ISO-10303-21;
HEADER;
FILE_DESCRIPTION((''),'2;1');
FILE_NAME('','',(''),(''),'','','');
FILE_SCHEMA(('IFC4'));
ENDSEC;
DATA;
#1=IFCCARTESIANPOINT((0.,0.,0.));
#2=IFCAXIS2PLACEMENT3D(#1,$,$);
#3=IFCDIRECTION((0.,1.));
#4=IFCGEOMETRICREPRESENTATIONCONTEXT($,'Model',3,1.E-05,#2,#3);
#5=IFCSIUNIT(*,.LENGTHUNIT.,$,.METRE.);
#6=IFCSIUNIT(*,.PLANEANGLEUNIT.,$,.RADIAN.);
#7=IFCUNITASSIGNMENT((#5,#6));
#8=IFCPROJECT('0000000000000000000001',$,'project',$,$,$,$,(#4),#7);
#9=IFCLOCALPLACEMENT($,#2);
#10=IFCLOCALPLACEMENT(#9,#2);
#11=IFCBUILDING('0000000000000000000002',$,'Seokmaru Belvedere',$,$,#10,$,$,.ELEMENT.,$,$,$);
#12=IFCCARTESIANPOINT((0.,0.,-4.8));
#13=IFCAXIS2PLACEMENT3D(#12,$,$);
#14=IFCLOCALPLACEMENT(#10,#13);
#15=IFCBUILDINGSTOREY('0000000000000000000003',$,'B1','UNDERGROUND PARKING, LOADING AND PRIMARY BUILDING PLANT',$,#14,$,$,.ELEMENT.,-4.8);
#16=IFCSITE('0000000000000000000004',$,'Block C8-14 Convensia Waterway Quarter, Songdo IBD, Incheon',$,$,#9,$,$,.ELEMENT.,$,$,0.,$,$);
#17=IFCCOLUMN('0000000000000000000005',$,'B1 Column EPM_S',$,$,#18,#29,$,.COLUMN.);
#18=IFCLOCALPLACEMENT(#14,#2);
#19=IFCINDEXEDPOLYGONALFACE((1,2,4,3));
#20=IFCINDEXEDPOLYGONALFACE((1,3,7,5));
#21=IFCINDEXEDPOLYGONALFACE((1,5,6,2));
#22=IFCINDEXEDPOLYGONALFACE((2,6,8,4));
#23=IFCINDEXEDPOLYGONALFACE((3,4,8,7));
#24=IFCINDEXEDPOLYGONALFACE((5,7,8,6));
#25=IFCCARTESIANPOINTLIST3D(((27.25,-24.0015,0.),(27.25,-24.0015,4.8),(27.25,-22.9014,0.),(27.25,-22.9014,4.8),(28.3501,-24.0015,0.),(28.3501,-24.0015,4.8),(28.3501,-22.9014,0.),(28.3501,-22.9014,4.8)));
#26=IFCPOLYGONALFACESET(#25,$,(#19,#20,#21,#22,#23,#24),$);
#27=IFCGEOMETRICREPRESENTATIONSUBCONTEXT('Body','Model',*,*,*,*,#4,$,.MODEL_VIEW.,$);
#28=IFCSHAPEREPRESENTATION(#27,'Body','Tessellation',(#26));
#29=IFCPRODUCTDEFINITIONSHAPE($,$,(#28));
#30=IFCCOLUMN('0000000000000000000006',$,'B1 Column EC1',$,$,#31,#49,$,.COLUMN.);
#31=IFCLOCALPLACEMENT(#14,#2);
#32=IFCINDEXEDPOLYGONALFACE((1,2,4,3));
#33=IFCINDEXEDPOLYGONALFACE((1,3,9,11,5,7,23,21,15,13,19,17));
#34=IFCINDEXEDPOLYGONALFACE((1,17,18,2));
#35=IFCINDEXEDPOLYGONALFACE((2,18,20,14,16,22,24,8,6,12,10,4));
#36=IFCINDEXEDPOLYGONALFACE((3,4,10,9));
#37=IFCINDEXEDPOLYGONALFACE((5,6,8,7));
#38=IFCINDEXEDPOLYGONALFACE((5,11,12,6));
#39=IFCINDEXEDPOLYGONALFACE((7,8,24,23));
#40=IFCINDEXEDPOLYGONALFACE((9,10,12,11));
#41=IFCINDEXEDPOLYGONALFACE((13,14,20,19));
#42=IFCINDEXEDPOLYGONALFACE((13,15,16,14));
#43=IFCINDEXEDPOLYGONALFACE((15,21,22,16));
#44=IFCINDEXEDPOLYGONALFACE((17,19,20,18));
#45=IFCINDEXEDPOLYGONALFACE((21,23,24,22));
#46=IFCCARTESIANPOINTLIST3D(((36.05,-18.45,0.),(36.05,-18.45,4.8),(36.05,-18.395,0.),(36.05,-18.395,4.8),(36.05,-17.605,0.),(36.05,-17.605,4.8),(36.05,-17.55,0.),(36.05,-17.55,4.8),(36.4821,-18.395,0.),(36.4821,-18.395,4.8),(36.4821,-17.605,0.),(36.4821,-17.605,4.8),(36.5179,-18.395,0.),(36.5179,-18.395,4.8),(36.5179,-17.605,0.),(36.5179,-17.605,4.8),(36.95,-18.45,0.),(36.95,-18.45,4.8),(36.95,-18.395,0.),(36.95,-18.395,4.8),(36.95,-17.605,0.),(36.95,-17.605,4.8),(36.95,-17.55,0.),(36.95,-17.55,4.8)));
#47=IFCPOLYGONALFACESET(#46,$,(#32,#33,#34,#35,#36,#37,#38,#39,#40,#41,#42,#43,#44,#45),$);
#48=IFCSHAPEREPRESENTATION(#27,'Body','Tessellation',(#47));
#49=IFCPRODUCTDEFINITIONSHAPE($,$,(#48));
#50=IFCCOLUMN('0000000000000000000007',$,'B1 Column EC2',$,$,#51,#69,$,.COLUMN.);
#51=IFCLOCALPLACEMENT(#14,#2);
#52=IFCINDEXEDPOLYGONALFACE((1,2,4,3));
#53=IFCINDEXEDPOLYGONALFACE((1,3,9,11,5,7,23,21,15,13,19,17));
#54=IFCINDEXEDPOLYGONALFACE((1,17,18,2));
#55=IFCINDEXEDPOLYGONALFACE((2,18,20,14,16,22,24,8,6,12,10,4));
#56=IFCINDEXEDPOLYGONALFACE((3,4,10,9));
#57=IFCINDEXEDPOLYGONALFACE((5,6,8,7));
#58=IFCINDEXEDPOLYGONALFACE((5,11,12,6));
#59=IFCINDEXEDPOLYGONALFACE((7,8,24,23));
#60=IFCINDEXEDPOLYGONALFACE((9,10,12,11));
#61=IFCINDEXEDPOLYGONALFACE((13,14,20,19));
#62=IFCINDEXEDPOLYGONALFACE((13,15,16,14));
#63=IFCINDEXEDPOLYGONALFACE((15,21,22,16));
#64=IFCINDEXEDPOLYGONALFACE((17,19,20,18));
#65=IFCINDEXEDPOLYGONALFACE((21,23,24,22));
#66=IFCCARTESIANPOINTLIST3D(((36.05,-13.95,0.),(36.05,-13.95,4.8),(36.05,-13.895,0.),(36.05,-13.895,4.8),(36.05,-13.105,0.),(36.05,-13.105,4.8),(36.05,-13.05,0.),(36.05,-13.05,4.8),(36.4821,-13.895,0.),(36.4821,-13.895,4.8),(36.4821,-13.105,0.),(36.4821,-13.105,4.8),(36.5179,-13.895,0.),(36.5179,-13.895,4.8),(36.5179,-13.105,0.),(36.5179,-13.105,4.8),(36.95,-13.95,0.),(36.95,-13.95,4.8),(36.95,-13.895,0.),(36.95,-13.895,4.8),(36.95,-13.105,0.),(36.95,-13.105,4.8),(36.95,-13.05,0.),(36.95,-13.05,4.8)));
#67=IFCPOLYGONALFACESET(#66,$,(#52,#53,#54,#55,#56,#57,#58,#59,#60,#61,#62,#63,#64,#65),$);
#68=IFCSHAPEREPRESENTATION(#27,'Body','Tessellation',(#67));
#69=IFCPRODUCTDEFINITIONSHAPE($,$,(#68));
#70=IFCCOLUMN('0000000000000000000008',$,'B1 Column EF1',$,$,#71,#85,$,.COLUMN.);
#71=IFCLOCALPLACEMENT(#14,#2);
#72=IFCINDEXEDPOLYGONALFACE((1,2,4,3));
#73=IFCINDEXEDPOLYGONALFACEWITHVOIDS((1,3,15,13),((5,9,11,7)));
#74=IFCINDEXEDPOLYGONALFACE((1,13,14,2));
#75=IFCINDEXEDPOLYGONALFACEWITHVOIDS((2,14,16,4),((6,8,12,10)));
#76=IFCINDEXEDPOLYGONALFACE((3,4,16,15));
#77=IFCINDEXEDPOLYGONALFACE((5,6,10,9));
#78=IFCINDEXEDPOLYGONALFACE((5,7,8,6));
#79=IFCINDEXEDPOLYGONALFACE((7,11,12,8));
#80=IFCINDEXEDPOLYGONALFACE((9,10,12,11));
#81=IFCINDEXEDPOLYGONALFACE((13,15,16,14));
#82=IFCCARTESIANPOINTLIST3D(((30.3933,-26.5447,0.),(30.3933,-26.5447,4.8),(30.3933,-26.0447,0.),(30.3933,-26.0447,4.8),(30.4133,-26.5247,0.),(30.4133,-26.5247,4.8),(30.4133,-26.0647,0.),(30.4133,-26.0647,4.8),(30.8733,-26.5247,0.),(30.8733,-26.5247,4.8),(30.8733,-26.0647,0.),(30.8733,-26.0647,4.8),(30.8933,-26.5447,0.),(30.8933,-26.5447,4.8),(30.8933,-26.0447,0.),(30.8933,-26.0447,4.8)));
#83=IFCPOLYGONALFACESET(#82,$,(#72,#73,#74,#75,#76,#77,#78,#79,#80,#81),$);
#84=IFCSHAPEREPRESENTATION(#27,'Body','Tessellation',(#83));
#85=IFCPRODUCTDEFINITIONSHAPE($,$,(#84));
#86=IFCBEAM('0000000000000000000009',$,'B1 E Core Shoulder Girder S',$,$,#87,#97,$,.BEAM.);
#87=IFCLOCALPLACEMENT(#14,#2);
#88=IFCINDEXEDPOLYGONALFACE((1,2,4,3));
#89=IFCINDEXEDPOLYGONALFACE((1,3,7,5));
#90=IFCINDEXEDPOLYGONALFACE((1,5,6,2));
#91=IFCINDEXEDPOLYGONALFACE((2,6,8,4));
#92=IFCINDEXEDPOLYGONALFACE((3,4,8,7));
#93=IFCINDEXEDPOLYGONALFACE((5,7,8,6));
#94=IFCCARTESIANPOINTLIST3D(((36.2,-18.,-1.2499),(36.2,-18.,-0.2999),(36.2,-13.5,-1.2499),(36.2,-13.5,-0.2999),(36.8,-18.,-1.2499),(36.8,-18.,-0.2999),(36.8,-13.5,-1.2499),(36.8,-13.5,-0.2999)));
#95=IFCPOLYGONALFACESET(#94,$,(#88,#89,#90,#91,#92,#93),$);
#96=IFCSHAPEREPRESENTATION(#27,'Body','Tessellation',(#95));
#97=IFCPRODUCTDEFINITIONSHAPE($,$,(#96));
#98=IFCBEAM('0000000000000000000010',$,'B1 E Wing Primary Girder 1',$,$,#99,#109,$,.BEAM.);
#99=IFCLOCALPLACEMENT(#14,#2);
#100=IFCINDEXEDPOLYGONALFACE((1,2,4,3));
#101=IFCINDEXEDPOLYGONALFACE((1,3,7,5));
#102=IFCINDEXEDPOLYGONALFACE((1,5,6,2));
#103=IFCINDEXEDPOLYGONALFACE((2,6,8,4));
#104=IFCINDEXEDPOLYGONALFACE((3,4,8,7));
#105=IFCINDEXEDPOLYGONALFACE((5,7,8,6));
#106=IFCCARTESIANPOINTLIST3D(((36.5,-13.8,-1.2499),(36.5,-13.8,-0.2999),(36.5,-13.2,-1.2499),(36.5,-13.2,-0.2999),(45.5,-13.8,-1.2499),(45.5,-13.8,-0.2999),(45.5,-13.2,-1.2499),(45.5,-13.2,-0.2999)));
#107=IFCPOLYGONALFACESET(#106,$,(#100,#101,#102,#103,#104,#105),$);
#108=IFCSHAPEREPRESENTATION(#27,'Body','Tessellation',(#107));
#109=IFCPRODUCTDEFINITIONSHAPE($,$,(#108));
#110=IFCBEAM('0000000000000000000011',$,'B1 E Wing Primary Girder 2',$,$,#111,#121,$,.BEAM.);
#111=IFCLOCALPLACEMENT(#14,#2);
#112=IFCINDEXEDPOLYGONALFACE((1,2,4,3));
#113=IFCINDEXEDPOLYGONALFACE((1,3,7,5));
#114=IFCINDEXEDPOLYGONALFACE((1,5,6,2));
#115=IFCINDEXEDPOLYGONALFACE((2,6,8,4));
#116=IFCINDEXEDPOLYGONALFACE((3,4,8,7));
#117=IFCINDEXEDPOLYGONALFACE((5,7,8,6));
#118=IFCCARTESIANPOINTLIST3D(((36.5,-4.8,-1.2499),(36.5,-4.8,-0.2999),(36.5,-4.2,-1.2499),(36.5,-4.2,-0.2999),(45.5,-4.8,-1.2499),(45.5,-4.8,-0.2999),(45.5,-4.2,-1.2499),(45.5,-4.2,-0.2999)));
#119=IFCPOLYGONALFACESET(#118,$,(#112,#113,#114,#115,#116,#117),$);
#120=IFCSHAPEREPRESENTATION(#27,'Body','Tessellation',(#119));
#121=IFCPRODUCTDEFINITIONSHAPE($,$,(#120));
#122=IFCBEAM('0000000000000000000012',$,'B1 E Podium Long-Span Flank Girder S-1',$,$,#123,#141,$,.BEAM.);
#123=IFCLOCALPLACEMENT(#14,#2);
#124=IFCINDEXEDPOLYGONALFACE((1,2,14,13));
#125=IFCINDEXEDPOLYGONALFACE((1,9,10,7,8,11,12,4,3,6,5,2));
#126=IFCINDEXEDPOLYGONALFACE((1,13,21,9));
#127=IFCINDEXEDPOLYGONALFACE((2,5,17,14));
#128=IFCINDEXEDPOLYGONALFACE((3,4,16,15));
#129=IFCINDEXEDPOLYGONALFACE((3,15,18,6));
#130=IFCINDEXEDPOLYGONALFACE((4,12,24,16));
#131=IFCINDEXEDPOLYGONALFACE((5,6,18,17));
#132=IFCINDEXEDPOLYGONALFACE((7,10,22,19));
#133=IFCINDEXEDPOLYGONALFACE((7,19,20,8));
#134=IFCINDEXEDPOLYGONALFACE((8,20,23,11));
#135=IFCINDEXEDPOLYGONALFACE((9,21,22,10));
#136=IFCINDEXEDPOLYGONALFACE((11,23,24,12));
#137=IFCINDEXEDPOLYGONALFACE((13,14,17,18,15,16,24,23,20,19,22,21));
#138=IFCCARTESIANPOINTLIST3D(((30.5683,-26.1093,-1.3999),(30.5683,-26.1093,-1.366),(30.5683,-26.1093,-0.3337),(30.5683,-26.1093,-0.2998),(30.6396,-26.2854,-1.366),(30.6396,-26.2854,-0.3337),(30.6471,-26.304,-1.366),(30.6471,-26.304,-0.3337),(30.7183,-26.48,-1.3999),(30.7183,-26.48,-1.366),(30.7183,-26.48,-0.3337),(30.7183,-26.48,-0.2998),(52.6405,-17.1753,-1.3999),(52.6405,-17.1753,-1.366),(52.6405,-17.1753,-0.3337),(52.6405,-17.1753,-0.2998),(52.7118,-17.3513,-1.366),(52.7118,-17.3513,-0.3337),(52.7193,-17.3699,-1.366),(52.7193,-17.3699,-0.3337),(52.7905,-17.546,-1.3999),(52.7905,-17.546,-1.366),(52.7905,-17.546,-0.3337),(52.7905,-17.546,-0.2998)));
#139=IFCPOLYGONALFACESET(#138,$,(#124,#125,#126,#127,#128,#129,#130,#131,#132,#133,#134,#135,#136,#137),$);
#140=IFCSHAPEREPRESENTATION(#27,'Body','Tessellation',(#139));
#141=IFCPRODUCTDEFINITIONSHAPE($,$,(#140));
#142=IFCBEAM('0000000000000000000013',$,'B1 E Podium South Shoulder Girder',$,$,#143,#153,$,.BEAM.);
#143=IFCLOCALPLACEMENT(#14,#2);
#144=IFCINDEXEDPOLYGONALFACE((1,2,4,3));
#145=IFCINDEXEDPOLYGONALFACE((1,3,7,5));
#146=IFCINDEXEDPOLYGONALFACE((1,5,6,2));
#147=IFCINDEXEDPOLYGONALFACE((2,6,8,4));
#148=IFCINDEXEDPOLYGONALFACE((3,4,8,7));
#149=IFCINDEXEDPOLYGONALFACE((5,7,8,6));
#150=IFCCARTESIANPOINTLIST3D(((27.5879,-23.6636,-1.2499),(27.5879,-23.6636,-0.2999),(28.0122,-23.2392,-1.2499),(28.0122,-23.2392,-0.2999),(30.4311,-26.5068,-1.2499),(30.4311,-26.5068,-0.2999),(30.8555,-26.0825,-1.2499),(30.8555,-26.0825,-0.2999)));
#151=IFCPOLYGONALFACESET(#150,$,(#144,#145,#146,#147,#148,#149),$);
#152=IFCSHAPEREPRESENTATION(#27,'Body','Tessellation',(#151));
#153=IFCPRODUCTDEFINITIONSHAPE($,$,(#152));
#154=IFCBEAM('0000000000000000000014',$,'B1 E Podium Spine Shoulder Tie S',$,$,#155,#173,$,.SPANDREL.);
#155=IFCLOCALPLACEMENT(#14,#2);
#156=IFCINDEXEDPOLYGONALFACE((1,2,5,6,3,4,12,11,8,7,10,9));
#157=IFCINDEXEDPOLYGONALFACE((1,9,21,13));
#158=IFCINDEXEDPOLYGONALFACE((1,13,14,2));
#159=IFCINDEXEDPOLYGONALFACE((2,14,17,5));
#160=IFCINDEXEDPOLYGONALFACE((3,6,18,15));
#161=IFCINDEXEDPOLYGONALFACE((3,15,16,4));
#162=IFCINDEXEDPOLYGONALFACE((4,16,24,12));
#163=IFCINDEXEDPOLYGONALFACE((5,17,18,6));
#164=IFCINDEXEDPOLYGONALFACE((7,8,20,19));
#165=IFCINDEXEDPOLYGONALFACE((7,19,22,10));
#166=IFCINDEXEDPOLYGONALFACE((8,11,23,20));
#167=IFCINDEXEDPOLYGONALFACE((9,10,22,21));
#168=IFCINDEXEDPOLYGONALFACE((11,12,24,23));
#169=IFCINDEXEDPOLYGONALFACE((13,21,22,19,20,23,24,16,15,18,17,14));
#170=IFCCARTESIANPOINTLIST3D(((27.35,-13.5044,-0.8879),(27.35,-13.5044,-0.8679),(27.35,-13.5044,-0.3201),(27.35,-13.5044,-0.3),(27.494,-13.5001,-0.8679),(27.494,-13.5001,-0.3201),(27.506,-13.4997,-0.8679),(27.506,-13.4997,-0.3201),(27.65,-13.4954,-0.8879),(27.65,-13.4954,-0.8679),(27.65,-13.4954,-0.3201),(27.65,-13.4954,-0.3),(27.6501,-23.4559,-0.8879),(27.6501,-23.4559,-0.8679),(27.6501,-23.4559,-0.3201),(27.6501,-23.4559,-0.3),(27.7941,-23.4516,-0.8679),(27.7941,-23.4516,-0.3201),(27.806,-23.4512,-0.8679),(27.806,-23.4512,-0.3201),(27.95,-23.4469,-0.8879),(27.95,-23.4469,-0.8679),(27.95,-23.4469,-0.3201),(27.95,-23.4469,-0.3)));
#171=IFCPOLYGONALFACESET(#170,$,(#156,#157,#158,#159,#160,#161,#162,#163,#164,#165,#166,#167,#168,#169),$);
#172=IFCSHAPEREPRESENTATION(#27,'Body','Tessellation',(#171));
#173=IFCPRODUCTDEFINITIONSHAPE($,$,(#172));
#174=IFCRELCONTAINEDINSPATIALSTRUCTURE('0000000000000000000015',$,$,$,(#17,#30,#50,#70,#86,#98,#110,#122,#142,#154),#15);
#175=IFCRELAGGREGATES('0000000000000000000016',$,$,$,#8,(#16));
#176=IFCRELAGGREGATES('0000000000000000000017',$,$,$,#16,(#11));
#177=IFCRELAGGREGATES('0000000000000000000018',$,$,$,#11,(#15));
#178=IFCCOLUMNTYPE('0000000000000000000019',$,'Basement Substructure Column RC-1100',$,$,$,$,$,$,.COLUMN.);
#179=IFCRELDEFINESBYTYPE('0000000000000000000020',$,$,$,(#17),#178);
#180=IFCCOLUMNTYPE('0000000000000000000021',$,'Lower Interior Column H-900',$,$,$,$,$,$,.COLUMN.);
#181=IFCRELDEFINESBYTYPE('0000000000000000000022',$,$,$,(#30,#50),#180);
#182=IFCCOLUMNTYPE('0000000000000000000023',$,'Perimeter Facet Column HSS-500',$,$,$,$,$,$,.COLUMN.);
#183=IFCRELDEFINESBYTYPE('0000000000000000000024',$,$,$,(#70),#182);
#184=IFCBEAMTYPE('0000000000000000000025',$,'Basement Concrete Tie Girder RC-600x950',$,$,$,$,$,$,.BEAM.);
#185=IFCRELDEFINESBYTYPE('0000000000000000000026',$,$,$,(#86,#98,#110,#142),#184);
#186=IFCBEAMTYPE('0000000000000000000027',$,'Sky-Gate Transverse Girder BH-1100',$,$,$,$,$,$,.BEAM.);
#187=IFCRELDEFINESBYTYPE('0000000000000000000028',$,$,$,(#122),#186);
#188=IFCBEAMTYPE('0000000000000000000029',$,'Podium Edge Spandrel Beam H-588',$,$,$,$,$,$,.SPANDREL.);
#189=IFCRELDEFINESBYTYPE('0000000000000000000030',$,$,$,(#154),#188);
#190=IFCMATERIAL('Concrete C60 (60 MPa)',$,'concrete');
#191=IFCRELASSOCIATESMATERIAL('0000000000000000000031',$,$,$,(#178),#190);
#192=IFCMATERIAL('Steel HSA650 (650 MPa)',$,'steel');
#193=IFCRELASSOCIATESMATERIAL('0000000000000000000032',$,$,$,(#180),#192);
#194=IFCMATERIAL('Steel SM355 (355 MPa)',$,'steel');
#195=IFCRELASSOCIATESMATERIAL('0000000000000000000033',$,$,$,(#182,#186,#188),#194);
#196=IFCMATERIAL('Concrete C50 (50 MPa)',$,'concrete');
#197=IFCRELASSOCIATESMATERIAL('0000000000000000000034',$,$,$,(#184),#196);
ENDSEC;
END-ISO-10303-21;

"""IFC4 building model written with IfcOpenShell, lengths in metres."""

from ifc_helpers import new_model, si_unit, direction, frame, origin, origin_2d, place, context, subcontext, project, spatial, rectangle, hollow_rectangle, i_section, extrude, source, transform, mapped, material, material_profile, profile_set, type_object, type_shapes, element, save


model = new_model("IFC4")

# Units and contexts
model_context = context("Model", 3, precision=1e-05, world=origin(), true_north=direction((0.0, 1.0)))
body_context = subcontext(model_context, "Body", "Model", "MODEL_VIEW")
ifc_project = project(units=[si_unit("LENGTHUNIT", "METRE"), si_unit("PLANEANGLEUNIT", "RADIAN")], contexts=[model_context])

# Site, building, storey
site_placement = place(None, origin())
site = spatial("IfcSite", under=ifc_project, at=site_placement, Name="Block C8-14 Convensia Waterway Quarter, Songdo IBD, Incheon", CompositionType="ELEMENT", RefElevation=0.0)
building_placement = place(site_placement, origin())
building = spatial("IfcBuilding", under=site, at=building_placement, Name="Seokmaru Belvedere", CompositionType="ELEMENT")
storey_placement = place(building_placement, frame((0.0, 0.0, -4.8)))
storey = spatial("IfcBuildingStorey", under=building, at=storey_placement, Name="B1", Description="UNDERGROUND PARKING, LOADING AND PRIMARY BUILDING PLANT", CompositionType="ELEMENT", Elevation=-4.8)

# Columns
ifc_material_1 = material(Name="Concrete C60 (60 MPa)", Category="concrete")
ifc_material_profile_1 = material_profile(ifc_material_1, rectangle(XDim=1.1001, YDim=1.1001, at=origin_2d()), Name="RC-1100x1100")
ifc_profile_set_1 = profile_set([ifc_material_profile_1], Name="Concrete C60 (60 MPa)")
column_type_1 = type_object("IfcColumnType", Name="Basement Substructure Column RC-1100", PredefinedType="COLUMN", material=ifc_profile_set_1)
shared_shape_1 = source(origin(), body_context, "Body", "SweptSolid", [
    extrude(rectangle(XDim=1.1001, YDim=1.1001, at=origin_2d()), origin(), (0.0, 0.0, 1.0), 4.8),
])
type_shapes(column_type_1, [shared_shape_1])
column_1_placement = place(storey_placement, frame((27.8, -23.4514, 0.0), z_axis=(0.0, 0.0, 1.0), x_axis=(1.0, 0.0, 0.0)))
element("IfcColumn", 1, at=column_1_placement, inside=storey, type_object=column_type_1, Name="B1 Column EPM_S", PredefinedType="COLUMN", context=body_context, shape_type="MappedRepresentation", body=[
    mapped(shared_shape_1, transform((0.0, 0.0, 0.0), scale=1.0)),
])
ifc_material_2 = material(Name="Steel HSA650 (650 MPa)", Category="steel")
ifc_material_profile_2 = material_profile(ifc_material_2, i_section(OverallWidth=0.8999, OverallDepth=0.8999, WebThickness=0.0359, FlangeThickness=0.0549, at=origin_2d()), Name="H-900x900x36x55")
ifc_profile_set_2 = profile_set([ifc_material_profile_2], Name="Steel HSA650 (650 MPa)")
column_type_2 = type_object("IfcColumnType", Name="Lower Interior Column H-900", PredefinedType="COLUMN", material=ifc_profile_set_2)
shared_shape_2 = source(origin(), body_context, "Body", "SweptSolid", [
    extrude(i_section(OverallWidth=0.8999, OverallDepth=0.8999, WebThickness=0.0359, FlangeThickness=0.0549, at=origin_2d()), origin(), (0.0, 0.0, 1.0), 4.8),
])
type_shapes(column_type_2, [shared_shape_2])
for number, where, z_axis, x_axis, name in (
    (2, (36.5, -18.0, 0.0), (0.0, 0.0, 1.0), (1.0, 0.0, 0.0), "B1 Column EC1"),
    (3, (36.5, -13.5, 0.0), (0.0, 0.0, 1.0), (1.0, 0.0, 0.0), "B1 Column EC2"),
):
    element("IfcColumn", number, at=place(storey_placement, frame(where, z_axis=z_axis, x_axis=x_axis)), inside=storey, type_object=column_type_2, Name=name, PredefinedType="COLUMN", context=body_context, shape_type="MappedRepresentation", body=[
        mapped(shared_shape_2, transform((0.0, 0.0, 0.0), scale=1.0)),
    ])
ifc_material_3 = material(Name="Steel SM355 (355 MPa)", Category="steel")
ifc_material_profile_3 = material_profile(ifc_material_3, hollow_rectangle(XDim=0.5, YDim=0.5, WallThickness=0.02, at=origin_2d()), Name="HSS-500x500x20")
ifc_profile_set_3 = profile_set([ifc_material_profile_3], Name="Steel SM355 (355 MPa)")
column_type_3 = type_object("IfcColumnType", Name="Perimeter Facet Column HSS-500", PredefinedType="COLUMN", material=ifc_profile_set_3)
shared_shape_3 = source(origin(), body_context, "Body", "SweptSolid", [
    extrude(hollow_rectangle(XDim=0.5, YDim=0.5, WallThickness=0.02, at=origin_2d()), origin(), (0.0, 0.0, 1.0), 4.8),
])
type_shapes(column_type_3, [shared_shape_3])
column_2_placement = place(storey_placement, frame((30.6433, -26.2947, 0.0), z_axis=(0.0, 0.0, 1.0), x_axis=(1.0, 0.0, 0.0)))
element("IfcColumn", 4, at=column_2_placement, inside=storey, type_object=column_type_3, Name="B1 Column EF1", PredefinedType="COLUMN", context=body_context, shape_type="MappedRepresentation", body=[
    mapped(shared_shape_3, transform((0.0, 0.0, 0.0), scale=1.0)),
])

# Beams
ifc_material_4 = material(Name="Concrete C50 (50 MPa)", Category="concrete")
ifc_material_profile_4 = material_profile(ifc_material_4, rectangle(XDim=0.6001, YDim=0.95, at=origin_2d()), Name="RC-600x950")
ifc_profile_set_4 = profile_set([ifc_material_profile_4], Name="Concrete C50 (50 MPa)")
beam_type_1 = type_object("IfcBeamType", Name="Basement Concrete Tie Girder RC-600x950", PredefinedType="BEAM", material=ifc_profile_set_4)
shared_shape_4 = source(origin(), body_context, "Body", "SweptSolid", [
    extrude(rectangle(XDim=0.6001, YDim=0.95, at=origin_2d()), origin(), (0.0, 0.0, 1.0), 4.5),
])
beam_1_placement = place(storey_placement, frame((36.5, -18.0, -0.7749), z_axis=(0.0, 1.0, 0.0), x_axis=(-1.0, 0.0, 0.0)))
element("IfcBeam", 5, at=beam_1_placement, inside=storey, type_object=beam_type_1, Name="B1 E Core Shoulder Girder S", PredefinedType="BEAM", context=body_context, shape_type="MappedRepresentation", body=[
    mapped(shared_shape_4, transform((0.0, 0.0, 0.0), scale=1.0)),
])
shared_shape_5 = source(origin(), body_context, "Body", "SweptSolid", [
    extrude(rectangle(XDim=0.6001, YDim=0.95, at=origin_2d()), origin(), (0.0, 0.0, 1.0), 9.0),
])
for number, where, z_axis, x_axis, name in (
    (6, (36.5, -13.5, -0.7749), (1.0, 0.0, 0.0), (0.0, 1.0, 0.0), "B1 E Wing Primary Girder 1"),
    (7, (36.5, -4.5, -0.7749), (1.0, 0.0, 0.0), (0.0, 1.0, 0.0), "B1 E Wing Primary Girder 2"),
):
    element("IfcBeam", number, at=place(storey_placement, frame(where, z_axis=z_axis, x_axis=x_axis)), inside=storey, type_object=beam_type_1, Name=name, PredefinedType="BEAM", context=body_context, shape_type="MappedRepresentation", body=[
        mapped(shared_shape_5, transform((0.0, 0.0, 0.0), scale=1.0)),
    ])
ifc_material_profile_5 = material_profile(ifc_material_3, i_section(OverallWidth=0.3999, OverallDepth=1.1001, WebThickness=0.02, FlangeThickness=0.0339, at=origin_2d()), Name="BH-1100x400x20x34")
ifc_profile_set_5 = profile_set([ifc_material_profile_5], Name="Steel SM355 (355 MPa)")
beam_type_2 = type_object("IfcBeamType", Name="Sky-Gate Transverse Girder BH-1100", PredefinedType="BEAM", material=ifc_profile_set_5)
shared_shape_6 = source(origin(), body_context, "Body", "SweptSolid", [
    extrude(i_section(OverallWidth=0.3999, OverallDepth=1.1001, WebThickness=0.02, FlangeThickness=0.0339, at=origin_2d()), origin(), (0.0, 0.0, 1.0), 23.8118),
])
type_shapes(beam_type_2, [shared_shape_6])
beam_2_placement = place(storey_placement, frame((30.6433, -26.2947, -0.8499), z_axis=(0.926946, 0.375195, 0.0), x_axis=(-0.375195, 0.926946, 0.0)))
element("IfcBeam", 8, at=beam_2_placement, inside=storey, type_object=beam_type_2, Name="B1 E Podium Long-Span Flank Girder S-1", PredefinedType="BEAM", context=body_context, shape_type="MappedRepresentation", body=[
    mapped(shared_shape_6, transform((0.0, 0.0, 0.0), scale=1.0)),
])
shared_shape_7 = source(origin(), body_context, "Body", "SweptSolid", [
    extrude(rectangle(XDim=0.6001, YDim=0.95, at=origin_2d()), origin(), (0.0, 0.0, 1.0), 4.021),
])
type_shapes(beam_type_1, [shared_shape_4, shared_shape_5, shared_shape_7])
beam_3_placement = place(storey_placement, frame((30.6433, -26.2947, -0.7749), z_axis=(-0.707107, 0.707107, 0.0), x_axis=(-0.707107, -0.707107, 0.0)))
element("IfcBeam", 9, at=beam_3_placement, inside=storey, type_object=beam_type_1, Name="B1 E Podium South Shoulder Girder", PredefinedType="BEAM", context=body_context, shape_type="MappedRepresentation", body=[
    mapped(shared_shape_7, transform((0.0, 0.0, 0.0), scale=1.0)),
])
ifc_material_profile_6 = material_profile(ifc_material_3, i_section(OverallWidth=0.3, OverallDepth=0.5879, WebThickness=0.012, FlangeThickness=0.02, at=origin_2d()), Name="H-588x300x12x20")
ifc_profile_set_6 = profile_set([ifc_material_profile_6], Name="Steel SM355 (355 MPa)")
beam_type_3 = type_object("IfcBeamType", Name="Podium Edge Spandrel Beam H-588", PredefinedType="SPANDREL", material=ifc_profile_set_6)
shared_shape_8 = source(origin(), body_context, "Body", "SweptSolid", [
    extrude(i_section(OverallWidth=0.3, OverallDepth=0.5879, WebThickness=0.012, FlangeThickness=0.02, at=origin_2d()), origin(), (0.0, 0.0, 1.0), 9.9561),
])
type_shapes(beam_type_3, [shared_shape_8])
beam_4_placement = place(storey_placement, frame((27.8, -23.4514, -0.594), z_axis=(-0.030138, 0.999546, 0.0), x_axis=(-0.999546, -0.030138, 0.0)))
element("IfcBeam", 10, at=beam_4_placement, inside=storey, type_object=beam_type_3, Name="B1 E Podium Spine Shoulder Tie S", PredefinedType="SPANDREL", context=body_context, shape_type="MappedRepresentation", body=[
    mapped(shared_shape_8, transform((0.0, 0.0, 0.0), scale=1.0)),
])

save(model, "model.ifc")
